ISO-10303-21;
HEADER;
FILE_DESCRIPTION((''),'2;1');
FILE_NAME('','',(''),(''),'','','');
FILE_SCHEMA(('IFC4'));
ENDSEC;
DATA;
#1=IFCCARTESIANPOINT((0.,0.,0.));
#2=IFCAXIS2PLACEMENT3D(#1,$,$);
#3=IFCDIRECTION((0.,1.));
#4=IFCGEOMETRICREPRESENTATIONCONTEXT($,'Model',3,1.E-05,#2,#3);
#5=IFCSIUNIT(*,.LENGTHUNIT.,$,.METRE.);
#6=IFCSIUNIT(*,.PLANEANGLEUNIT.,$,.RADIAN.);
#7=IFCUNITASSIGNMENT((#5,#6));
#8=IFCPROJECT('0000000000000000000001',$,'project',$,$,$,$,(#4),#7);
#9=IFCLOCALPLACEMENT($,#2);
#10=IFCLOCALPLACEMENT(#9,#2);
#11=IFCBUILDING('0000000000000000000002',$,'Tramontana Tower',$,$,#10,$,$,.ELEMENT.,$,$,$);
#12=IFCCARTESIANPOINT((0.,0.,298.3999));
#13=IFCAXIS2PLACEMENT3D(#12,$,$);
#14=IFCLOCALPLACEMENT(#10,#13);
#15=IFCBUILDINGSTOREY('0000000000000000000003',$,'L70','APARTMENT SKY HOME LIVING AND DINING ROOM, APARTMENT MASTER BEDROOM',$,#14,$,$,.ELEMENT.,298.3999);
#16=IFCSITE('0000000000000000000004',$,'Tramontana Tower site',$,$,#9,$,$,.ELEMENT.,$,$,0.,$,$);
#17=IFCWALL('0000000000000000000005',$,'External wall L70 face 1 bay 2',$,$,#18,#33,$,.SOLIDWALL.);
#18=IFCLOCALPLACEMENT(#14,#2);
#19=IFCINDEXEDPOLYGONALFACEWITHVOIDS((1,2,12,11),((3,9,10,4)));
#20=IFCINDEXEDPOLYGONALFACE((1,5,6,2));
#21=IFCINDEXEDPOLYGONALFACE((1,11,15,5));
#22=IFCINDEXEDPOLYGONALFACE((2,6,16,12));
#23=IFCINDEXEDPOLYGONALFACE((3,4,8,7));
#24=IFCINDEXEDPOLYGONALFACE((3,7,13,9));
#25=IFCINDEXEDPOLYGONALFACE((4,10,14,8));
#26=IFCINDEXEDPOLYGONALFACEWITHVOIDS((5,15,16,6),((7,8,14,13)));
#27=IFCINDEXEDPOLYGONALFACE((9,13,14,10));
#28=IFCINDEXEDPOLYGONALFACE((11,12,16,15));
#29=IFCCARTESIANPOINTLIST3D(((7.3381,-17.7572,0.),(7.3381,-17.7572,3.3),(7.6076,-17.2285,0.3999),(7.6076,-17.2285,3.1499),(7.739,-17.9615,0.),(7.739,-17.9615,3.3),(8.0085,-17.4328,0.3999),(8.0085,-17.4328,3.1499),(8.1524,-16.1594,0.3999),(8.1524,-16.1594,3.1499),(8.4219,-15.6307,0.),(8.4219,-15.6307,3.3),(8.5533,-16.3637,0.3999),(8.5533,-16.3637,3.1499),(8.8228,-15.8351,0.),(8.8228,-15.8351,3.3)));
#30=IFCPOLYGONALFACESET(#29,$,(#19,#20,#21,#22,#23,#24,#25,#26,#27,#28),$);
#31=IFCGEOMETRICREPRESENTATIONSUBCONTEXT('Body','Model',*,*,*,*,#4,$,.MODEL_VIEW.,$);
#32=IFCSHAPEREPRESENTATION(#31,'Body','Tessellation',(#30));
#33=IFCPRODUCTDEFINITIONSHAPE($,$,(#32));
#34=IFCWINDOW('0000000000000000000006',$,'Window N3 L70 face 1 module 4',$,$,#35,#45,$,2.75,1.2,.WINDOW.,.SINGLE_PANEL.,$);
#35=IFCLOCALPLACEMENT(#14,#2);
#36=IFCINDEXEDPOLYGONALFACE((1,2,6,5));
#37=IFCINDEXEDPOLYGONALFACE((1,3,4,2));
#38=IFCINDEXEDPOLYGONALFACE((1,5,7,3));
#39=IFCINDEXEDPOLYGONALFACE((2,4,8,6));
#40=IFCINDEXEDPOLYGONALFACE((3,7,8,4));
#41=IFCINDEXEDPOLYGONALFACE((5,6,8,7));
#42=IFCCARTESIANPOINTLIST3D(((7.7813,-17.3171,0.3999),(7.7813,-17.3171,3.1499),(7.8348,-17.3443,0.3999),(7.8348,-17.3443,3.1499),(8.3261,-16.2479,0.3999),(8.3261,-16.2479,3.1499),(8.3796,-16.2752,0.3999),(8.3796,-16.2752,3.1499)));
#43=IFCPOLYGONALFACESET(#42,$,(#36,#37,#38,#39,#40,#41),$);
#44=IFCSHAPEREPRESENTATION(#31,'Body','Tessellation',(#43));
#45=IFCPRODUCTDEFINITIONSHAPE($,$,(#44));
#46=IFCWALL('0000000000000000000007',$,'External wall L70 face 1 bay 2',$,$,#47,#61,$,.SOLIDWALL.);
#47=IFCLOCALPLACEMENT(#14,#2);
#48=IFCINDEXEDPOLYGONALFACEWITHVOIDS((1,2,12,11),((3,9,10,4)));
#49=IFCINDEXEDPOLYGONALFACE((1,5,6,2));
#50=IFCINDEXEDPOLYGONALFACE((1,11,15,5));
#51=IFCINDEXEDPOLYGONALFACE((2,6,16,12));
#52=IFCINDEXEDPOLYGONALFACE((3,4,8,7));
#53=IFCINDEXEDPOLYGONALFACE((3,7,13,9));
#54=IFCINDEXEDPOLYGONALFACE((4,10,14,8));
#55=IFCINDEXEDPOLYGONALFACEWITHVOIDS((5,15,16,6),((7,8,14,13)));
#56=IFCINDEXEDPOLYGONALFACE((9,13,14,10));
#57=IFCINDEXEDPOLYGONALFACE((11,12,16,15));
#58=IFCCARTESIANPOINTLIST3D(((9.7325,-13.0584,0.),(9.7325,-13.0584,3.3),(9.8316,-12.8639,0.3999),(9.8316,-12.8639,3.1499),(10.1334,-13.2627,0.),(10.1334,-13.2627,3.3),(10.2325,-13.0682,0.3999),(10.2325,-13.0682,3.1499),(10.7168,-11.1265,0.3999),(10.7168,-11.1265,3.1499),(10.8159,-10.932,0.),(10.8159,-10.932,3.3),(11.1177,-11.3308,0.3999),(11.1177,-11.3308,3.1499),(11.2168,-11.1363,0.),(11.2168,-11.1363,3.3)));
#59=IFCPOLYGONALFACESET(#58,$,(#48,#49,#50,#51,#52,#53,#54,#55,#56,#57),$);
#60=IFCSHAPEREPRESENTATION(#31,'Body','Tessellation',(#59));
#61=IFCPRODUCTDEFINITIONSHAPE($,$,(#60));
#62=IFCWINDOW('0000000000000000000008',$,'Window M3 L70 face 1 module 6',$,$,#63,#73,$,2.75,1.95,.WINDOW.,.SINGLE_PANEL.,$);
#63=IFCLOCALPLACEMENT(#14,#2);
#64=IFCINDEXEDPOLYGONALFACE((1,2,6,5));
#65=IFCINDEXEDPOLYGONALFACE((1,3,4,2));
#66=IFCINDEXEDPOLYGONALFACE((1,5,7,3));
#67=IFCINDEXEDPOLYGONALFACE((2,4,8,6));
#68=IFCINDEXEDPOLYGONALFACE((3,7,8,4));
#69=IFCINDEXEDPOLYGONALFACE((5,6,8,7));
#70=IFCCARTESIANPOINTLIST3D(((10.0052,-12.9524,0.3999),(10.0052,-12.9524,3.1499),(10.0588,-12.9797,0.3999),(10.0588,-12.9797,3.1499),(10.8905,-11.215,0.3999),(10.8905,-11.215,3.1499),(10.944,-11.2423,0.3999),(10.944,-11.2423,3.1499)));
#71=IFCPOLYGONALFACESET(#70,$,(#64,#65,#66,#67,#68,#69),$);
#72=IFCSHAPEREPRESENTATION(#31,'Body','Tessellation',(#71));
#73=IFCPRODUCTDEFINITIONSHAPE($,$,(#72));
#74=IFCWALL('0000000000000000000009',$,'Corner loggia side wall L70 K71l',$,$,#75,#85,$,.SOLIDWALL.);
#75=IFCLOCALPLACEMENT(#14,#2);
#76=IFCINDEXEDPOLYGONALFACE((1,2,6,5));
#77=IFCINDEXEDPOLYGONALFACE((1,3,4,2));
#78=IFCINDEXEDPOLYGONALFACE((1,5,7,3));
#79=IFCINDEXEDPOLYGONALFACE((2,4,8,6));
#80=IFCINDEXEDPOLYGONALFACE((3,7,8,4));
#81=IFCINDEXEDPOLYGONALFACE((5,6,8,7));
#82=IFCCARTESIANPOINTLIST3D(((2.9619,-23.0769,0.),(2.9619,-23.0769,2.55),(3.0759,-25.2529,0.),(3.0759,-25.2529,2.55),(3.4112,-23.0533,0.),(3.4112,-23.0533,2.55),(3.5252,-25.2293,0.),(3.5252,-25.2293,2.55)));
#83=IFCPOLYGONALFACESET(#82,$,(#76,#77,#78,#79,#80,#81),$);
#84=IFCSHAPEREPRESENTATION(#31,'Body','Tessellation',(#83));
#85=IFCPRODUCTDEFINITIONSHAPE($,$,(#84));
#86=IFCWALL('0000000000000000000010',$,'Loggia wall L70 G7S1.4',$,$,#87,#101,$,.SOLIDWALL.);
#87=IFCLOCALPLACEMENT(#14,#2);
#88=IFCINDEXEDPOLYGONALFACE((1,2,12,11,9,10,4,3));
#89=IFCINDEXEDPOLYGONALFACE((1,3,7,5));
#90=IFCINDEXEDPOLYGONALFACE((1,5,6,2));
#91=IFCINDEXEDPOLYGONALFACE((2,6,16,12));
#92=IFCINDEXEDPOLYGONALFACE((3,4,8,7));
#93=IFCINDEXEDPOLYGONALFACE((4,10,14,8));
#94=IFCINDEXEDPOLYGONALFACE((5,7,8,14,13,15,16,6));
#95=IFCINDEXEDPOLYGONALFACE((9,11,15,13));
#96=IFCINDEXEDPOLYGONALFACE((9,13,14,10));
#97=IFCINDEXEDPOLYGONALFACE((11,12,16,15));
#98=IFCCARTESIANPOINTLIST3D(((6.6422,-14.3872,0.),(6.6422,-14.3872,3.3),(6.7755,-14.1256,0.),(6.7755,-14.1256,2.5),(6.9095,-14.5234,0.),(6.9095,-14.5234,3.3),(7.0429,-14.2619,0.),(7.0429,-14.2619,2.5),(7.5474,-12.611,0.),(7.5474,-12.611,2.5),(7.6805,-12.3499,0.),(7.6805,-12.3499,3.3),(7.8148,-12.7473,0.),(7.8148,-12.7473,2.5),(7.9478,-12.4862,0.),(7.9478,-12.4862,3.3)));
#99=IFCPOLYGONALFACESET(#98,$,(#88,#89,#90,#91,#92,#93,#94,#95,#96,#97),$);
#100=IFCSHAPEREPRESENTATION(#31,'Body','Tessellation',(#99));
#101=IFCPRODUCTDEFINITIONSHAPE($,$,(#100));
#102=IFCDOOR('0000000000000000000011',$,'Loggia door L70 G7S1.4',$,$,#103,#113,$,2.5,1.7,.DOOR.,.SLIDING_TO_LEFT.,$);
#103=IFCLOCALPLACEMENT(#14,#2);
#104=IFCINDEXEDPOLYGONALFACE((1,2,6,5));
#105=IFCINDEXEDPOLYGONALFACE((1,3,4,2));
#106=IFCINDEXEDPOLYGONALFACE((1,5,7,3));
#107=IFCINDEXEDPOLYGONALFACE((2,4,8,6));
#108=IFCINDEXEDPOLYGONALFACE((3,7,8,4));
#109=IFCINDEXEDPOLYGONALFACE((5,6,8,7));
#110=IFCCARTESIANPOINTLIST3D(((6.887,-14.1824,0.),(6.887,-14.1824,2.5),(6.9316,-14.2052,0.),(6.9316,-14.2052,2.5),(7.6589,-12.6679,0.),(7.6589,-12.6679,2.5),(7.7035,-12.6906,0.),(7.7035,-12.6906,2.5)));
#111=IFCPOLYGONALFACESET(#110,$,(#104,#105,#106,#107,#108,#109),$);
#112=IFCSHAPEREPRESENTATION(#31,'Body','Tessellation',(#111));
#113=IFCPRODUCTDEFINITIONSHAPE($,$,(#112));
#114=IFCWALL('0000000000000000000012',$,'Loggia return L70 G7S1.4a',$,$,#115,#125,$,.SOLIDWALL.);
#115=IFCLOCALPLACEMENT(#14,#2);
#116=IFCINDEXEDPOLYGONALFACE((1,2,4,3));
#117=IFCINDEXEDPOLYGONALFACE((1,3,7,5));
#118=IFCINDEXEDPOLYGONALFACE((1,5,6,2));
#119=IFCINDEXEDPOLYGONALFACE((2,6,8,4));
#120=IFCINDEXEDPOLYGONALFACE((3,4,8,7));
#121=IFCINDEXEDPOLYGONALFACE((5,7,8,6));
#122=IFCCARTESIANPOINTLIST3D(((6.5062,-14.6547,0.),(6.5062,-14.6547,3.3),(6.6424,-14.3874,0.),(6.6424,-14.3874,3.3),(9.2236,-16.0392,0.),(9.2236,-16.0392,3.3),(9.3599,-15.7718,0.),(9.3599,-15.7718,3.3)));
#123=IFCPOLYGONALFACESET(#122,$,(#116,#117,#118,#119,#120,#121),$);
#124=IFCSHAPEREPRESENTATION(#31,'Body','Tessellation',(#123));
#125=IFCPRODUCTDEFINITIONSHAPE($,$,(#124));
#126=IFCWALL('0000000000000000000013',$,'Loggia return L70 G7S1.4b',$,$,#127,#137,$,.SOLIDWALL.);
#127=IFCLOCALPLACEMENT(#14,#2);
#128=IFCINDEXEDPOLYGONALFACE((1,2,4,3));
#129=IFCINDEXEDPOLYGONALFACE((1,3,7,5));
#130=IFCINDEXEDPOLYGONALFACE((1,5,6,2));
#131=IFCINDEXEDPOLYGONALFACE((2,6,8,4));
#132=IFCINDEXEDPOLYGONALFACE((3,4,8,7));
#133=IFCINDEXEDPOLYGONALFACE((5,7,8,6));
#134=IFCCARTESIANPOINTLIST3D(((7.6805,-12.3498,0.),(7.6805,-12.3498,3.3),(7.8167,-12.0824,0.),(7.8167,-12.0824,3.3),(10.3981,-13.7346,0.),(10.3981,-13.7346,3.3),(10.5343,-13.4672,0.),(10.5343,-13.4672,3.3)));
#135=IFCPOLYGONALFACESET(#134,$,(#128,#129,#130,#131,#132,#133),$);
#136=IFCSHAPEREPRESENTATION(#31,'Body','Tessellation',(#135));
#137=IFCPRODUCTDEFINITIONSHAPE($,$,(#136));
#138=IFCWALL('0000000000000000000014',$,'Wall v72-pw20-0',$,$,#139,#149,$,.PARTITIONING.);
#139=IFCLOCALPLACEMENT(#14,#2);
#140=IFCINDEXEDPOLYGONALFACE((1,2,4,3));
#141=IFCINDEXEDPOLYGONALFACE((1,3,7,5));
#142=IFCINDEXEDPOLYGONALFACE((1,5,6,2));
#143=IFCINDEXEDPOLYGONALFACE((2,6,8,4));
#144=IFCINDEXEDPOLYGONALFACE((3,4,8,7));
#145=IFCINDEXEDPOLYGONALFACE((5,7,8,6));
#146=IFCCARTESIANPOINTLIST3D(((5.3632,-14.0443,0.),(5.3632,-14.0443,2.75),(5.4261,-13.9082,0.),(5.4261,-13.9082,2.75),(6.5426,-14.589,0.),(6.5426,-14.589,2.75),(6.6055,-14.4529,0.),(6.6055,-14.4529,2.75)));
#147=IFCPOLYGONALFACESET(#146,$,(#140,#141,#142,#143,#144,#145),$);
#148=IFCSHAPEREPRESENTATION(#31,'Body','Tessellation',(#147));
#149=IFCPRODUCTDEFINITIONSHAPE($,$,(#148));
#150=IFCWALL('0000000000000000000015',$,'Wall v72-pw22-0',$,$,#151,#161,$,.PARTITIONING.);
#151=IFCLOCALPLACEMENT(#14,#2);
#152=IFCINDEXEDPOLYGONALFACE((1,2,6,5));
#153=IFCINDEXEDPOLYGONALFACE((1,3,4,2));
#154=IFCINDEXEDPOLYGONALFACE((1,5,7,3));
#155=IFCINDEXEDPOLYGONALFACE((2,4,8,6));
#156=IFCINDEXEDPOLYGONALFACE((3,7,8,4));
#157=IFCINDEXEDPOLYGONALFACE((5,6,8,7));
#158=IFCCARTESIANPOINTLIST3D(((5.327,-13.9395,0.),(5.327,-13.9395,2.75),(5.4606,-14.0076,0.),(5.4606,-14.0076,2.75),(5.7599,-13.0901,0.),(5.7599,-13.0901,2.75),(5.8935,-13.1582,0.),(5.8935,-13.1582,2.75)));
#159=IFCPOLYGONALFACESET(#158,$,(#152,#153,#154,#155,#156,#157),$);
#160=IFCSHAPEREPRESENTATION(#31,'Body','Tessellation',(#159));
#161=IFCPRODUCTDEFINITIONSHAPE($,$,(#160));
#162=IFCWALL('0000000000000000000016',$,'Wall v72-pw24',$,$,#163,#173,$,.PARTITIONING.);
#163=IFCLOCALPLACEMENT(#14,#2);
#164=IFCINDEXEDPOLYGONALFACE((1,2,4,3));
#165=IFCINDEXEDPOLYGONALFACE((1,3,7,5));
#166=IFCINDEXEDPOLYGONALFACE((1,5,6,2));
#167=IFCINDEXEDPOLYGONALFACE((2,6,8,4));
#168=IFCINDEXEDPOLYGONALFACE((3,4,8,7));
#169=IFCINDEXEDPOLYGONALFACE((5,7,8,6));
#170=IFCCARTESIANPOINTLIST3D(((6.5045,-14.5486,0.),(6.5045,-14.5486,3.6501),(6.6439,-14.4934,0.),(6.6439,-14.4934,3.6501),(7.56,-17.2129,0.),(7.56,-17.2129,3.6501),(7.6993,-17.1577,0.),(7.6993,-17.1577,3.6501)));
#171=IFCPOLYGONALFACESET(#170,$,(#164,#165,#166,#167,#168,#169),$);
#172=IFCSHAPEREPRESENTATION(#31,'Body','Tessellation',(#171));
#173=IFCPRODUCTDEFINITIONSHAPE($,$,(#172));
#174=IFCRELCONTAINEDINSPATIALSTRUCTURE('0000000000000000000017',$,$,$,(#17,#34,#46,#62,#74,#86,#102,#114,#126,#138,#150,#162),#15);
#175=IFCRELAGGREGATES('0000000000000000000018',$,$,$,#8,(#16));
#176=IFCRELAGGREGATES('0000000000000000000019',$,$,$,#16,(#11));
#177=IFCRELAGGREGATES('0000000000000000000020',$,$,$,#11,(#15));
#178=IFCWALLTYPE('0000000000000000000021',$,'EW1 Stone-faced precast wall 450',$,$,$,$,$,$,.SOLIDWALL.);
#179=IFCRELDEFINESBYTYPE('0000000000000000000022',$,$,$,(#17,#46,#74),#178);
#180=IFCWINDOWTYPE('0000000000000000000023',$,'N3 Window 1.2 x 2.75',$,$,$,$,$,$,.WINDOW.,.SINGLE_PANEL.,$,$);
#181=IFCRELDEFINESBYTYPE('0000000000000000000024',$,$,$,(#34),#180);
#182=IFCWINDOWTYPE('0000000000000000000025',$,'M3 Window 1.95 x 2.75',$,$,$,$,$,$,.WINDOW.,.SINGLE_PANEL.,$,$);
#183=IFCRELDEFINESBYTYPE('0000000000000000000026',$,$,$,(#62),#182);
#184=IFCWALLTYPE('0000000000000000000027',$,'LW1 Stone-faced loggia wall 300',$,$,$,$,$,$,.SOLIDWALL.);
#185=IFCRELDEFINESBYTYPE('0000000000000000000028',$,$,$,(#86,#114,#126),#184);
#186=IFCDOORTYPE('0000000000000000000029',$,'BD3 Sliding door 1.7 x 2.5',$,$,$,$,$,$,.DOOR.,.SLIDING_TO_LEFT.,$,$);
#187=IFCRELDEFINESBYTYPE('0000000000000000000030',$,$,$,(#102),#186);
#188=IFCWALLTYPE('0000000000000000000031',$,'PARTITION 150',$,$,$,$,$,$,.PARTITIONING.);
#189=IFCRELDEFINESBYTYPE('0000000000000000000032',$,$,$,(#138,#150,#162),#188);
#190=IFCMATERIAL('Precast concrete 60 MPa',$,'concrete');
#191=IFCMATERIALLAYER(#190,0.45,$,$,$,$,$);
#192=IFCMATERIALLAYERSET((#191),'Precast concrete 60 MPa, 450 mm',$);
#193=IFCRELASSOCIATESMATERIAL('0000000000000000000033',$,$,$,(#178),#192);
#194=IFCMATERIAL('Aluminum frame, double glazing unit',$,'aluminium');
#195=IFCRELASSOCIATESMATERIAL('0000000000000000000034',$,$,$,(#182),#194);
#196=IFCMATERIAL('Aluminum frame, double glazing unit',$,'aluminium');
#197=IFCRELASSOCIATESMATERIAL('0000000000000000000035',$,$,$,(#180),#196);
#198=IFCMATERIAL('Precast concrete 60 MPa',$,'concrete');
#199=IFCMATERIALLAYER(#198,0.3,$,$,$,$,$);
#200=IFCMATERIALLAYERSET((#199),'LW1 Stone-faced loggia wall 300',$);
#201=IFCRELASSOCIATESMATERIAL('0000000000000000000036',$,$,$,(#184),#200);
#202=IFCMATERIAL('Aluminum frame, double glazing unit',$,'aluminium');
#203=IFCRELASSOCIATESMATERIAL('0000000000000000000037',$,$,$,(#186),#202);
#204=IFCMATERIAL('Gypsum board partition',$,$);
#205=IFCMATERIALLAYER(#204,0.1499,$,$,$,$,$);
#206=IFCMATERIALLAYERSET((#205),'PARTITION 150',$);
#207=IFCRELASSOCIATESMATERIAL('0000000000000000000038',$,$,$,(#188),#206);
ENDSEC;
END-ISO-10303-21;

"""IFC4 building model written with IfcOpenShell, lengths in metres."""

from ifc_helpers import new_model, si_unit, direction, frame, frame_2d, origin, place, context, subcontext, project, spatial, rectangle, extrude, material, layer, layer_set, type_object, element, fill, save


model = new_model("IFC4")

# Units and contexts
model_context = context("Model", 3, precision=1e-05, world=origin(), true_north=direction((0.0, 1.0)))
body_context = subcontext(model_context, "Body", "Model", "MODEL_VIEW")
ifc_project = project(units=[si_unit("LENGTHUNIT", "METRE"), si_unit("PLANEANGLEUNIT", "RADIAN")], contexts=[model_context])

# Site, building, storey
site_placement = place(None, origin())
site = spatial("IfcSite", under=ifc_project, at=site_placement, Name="Tramontana Tower site", CompositionType="ELEMENT", RefElevation=0.0)
building_placement = place(site_placement, origin())
building = spatial("IfcBuilding", under=site, at=building_placement, Name="Tramontana Tower", CompositionType="ELEMENT")
storey_placement = place(building_placement, frame((0.0, 0.0, 298.3999)))
storey = spatial("IfcBuildingStorey", under=building, at=storey_placement, Name="L70", Description="APARTMENT SKY HOME LIVING AND DINING ROOM, APARTMENT MASTER BEDROOM", CompositionType="ELEMENT", Elevation=298.3999)

# Shared definitions
ifc_material_1 = material(Name="Precast concrete 60 MPa", Category="concrete")
ifc_layer_1 = layer(ifc_material_1, 0.45)
ifc_layer_set_1 = layer_set([ifc_layer_1], Name="Precast concrete 60 MPa, 450 mm")
wall_type_1 = type_object("IfcWallType", Name="EW1 Stone-faced precast wall 450", PredefinedType="SOLIDWALL", material=ifc_layer_set_1)
ifc_material_2 = material(Name="Aluminum frame, double glazing unit", Category="aluminium")
window_type_1 = type_object("IfcWindowType", Name="M3 Window 1.95 x 2.75", PartitioningType="SINGLE_PANEL", PredefinedType="WINDOW", material=ifc_material_2)

# Walls, openings, windows
wall_1_placement = place(storey_placement, frame((7.5386, -17.8594, 0.0), z_axis=(0.0, 0.0, 1.0), x_axis=(0.454074, 0.890964, 0.0)))
wall_1 = element("IfcWall", 1, at=wall_1_placement, inside=storey, type_object=wall_type_1, Name="External wall L70 face 1 bay 2", PredefinedType="SOLIDWALL", context=body_context, shape_type="SweptSolid", body=[
    extrude(rectangle(XDim=2.3867, YDim=0.45, at=frame_2d((1.1934, 0.0))), origin(), (0.0, 0.0, 1.0), 3.3),
])
opening_1_placement = place(wall_1_placement, frame((0.5933, 0.0, 0.3999)))
opening_1 = element("IfcOpeningElement", 2, at=opening_1_placement, cuts=wall_1, PredefinedType="OPENING", context=body_context, shape_type="SweptSolid", body=[
    extrude(rectangle(XDim=1.2, YDim=2.75, at=frame_2d((0.6001, 1.375))), frame((0.0, 0.2349, 0.0), z_axis=(0.0, -1.0, 0.0), x_axis=(1.0, 0.0, 0.0)), (0.0, 0.0, 1.0), 0.47),
])
ifc_material_3 = material(Name="Aluminum frame, double glazing unit", Category="aluminium")
window_type_2 = type_object("IfcWindowType", Name="N3 Window 1.2 x 2.75", PartitioningType="SINGLE_PANEL", PredefinedType="WINDOW", material=ifc_material_3)
window_1_placement = place(opening_1_placement, origin())
window_1 = element("IfcWindow", 3, at=window_1_placement, inside=storey, type_object=window_type_2, Name="Window N3 L70 face 1 module 4", OverallHeight=2.75, OverallWidth=1.2, PartitioningType="SINGLE_PANEL", PredefinedType="WINDOW", context=body_context, shape_type="SweptSolid", body=[
    extrude(rectangle(XDim=1.2, YDim=2.75, at=frame_2d((0.6001, 1.375))), frame((0.0, 0.03, 0.0), z_axis=(0.0, -1.0, 0.0), x_axis=(1.0, 0.0, 0.0)), (0.0, 0.0, 1.0), 0.0601),
])
fill(opening_1, window_1)
wall_2_placement = place(storey_placement, frame((9.9329, -13.1606, 0.0), z_axis=(0.0, 0.0, 1.0), x_axis=(0.453993, 0.891005, 0.0)))
wall_2 = element("IfcWall", 4, at=wall_2_placement, inside=storey, type_object=wall_type_1, Name="External wall L70 face 1 bay 2", PredefinedType="SOLIDWALL", context=body_context, shape_type="SweptSolid", body=[
    extrude(rectangle(XDim=2.3865, YDim=0.45, at=frame_2d((1.1934, 0.0))), origin(), (0.0, 0.0, 1.0), 3.3),
])
opening_2_placement = place(wall_2_placement, frame((0.2183, 0.0, 0.3999)))
opening_2 = element("IfcOpeningElement", 5, at=opening_2_placement, cuts=wall_2, PredefinedType="OPENING", context=body_context, shape_type="SweptSolid", body=[
    extrude(rectangle(XDim=1.95, YDim=2.75, at=frame_2d((0.9751, 1.375))), frame((0.0, 0.2349, 0.0), z_axis=(0.0, -1.0, 0.0), x_axis=(1.0, 0.0, 0.0)), (0.0, 0.0, 1.0), 0.47),
])
window_2_placement = place(opening_2_placement, origin())
window_2 = element("IfcWindow", 6, at=window_2_placement, inside=storey, type_object=window_type_1, Name="Window M3 L70 face 1 module 6", OverallHeight=2.75, OverallWidth=1.95, PartitioningType="SINGLE_PANEL", PredefinedType="WINDOW", context=body_context, shape_type="SweptSolid", body=[
    extrude(rectangle(XDim=1.95, YDim=2.75, at=frame_2d((0.9751, 1.375))), frame((0.0, 0.03, 0.0), z_axis=(0.0, -1.0, 0.0), x_axis=(1.0, 0.0, 0.0)), (0.0, 0.0, 1.0), 0.0601),
])
fill(opening_2, window_2)

# Wall
wall_3_placement = place(storey_placement, frame((3.3005, -25.241, 0.0), z_axis=(0.0, 0.0, 1.0), x_axis=(-0.052324, 0.99863, 0.0)))
element("IfcWall", 7, at=wall_3_placement, inside=storey, type_object=wall_type_1, Name="Corner loggia side wall L70 K71l", PredefinedType="SOLIDWALL", context=body_context, shape_type="SweptSolid", body=[
    extrude(rectangle(XDim=2.179, YDim=0.45, at=frame_2d((1.0894, 0.0))), origin(), (0.0, 0.0, 1.0), 2.55),
])

# Wall, opening, door
ifc_material_4 = material(Name="Precast concrete 60 MPa", Category="concrete")
ifc_layer_2 = layer(ifc_material_4, 0.3)
ifc_layer_set_2 = layer_set([ifc_layer_2], Name="LW1 Stone-faced loggia wall 300")
wall_type_2 = type_object("IfcWallType", Name="LW1 Stone-faced loggia wall 300", PredefinedType="SOLIDWALL", material=ifc_layer_set_2)
wall_4_placement = place(storey_placement, frame((6.7759, -14.4553, 0.0), z_axis=(0.0, 0.0, 1.0), x_axis=(0.454076, 0.890963, 0.0)))
wall_4 = element("IfcWall", 8, at=wall_4_placement, inside=storey, type_object=wall_type_2, Name="Loggia wall L70 G7S1.4", PredefinedType="SOLIDWALL", context=body_context, shape_type="SweptSolid", body=[
    extrude(rectangle(XDim=2.2866, YDim=0.3, at=frame_2d((1.1433, 0.0))), origin(), (0.0, 0.0, 1.0), 3.3),
])
opening_3_placement = place(wall_4_placement, frame((0.2935, 0.0, 0.0)))
opening_3 = element("IfcOpeningElement", 9, at=opening_3_placement, cuts=wall_4, PredefinedType="OPENING", context=body_context, shape_type="SweptSolid", body=[
    extrude(rectangle(XDim=1.7, YDim=2.5, at=frame_2d((0.8501, 1.25))), frame((0.0, 0.1599, 0.0), z_axis=(0.0, -1.0, 0.0), x_axis=(1.0, 0.0, 0.0)), (0.0, 0.0, 1.0), 0.3201),
])
ifc_material_5 = material(Name="Aluminum frame, double glazing unit", Category="aluminium")
door_type_1 = type_object("IfcDoorType", Name="BD3 Sliding door 1.7 x 2.5", OperationType="SLIDING_TO_LEFT", PredefinedType="DOOR", material=ifc_material_5)
door_1_placement = place(opening_3_placement, origin())
door_1 = element("IfcDoor", 10, at=door_1_placement, inside=storey, type_object=door_type_1, Name="Loggia door L70 G7S1.4", OperationType="SLIDING_TO_LEFT", OverallHeight=2.5, OverallWidth=1.7, PredefinedType="DOOR", context=body_context, shape_type="SweptSolid", body=[
    extrude(rectangle(XDim=1.7, YDim=2.5, at=frame_2d((0.8501, 1.25))), frame((0.0, 0.0249, 0.0), z_axis=(0.0, -1.0, 0.0), x_axis=(1.0, 0.0, 0.0)), (0.0, 0.0, 1.0), 0.05),
])
fill(opening_3, door_1)

# Walls
wall_5_placement = place(storey_placement, frame((9.2917, -15.9055, 0.0), z_axis=(0.0, 0.0, 1.0), x_axis=(-0.891024, 0.453957, 0.0)))
element("IfcWall", 11, at=wall_5_placement, inside=storey, type_object=wall_type_2, Name="Loggia return L70 G7S1.4a", PredefinedType="SOLIDWALL", context=body_context, shape_type="SweptSolid", body=[
    extrude(rectangle(XDim=3.0498, YDim=0.3, at=frame_2d((1.5249, 0.0))), origin(), (0.0, 0.0, 1.0), 3.3),
])
wall_6_placement = place(storey_placement, frame((10.4661, -13.6008, 0.0), z_axis=(0.0, 0.0, 1.0), x_axis=(-0.890991, 0.454021, 0.0)))
element("IfcWall", 12, at=wall_6_placement, inside=storey, type_object=wall_type_2, Name="Loggia return L70 G7S1.4b", PredefinedType="SOLIDWALL", context=body_context, shape_type="SweptSolid", body=[
    extrude(rectangle(XDim=3.05, YDim=0.3, at=frame_2d((1.5249, 0.0))), origin(), (0.0, 0.0, 1.0), 3.3),
])
ifc_material_6 = material(Name="Gypsum board partition")
ifc_layer_3 = layer(ifc_material_6, 0.1499)
ifc_layer_set_3 = layer_set([ifc_layer_3], Name="PARTITION 150")
wall_type_3 = type_object("IfcWallType", Name="PARTITION 150", PredefinedType="PARTITIONING", material=ifc_layer_set_3)
wall_7_placement = place(storey_placement, frame((5.3948, -13.9763, 0.0), z_axis=(0.0, 0.0, 1.0), x_axis=(0.907866, -0.419261, 0.0)))
element("IfcWall", 13, at=wall_7_placement, inside=storey, type_object=wall_type_3, Name="Wall v72-pw20-0", PredefinedType="PARTITIONING", context=body_context, shape_type="SweptSolid", body=[
    extrude(rectangle(XDim=1.2991, YDim=0.1499, at=frame_2d((0.6494, 0.0))), origin(), (0.0, 0.0, 1.0), 2.75),
])
wall_8_placement = place(storey_placement, frame((5.8267, -13.1243, 0.0), z_axis=(0.0, 0.0, 1.0), x_axis=(-0.454064, -0.890969, 0.0)))
element("IfcWall", 14, at=wall_8_placement, inside=storey, type_object=wall_type_3, Name="Wall v72-pw22-0", PredefinedType="PARTITIONING", context=body_context, shape_type="SweptSolid", body=[
    extrude(rectangle(XDim=0.9534, YDim=0.1499, at=frame_2d((0.4766, 0.0))), origin(), (0.0, 0.0, 1.0), 2.75),
])
wall_9_placement = place(storey_placement, frame((6.5742, -14.521, 0.0), z_axis=(0.0, 0.0, 1.0), x_axis=(0.368289, -0.929711, 0.0)))
element("IfcWall", 15, at=wall_9_placement, inside=storey, type_object=wall_type_3, Name="Wall v72-pw24", PredefinedType="PARTITIONING", context=body_context, shape_type="SweptSolid", body=[
    extrude(rectangle(XDim=2.8657, YDim=0.1499, at=frame_2d((1.4329, 0.0))), origin(), (0.0, 0.0, 1.0), 3.6501),
])

save(model, "model.ifc")
